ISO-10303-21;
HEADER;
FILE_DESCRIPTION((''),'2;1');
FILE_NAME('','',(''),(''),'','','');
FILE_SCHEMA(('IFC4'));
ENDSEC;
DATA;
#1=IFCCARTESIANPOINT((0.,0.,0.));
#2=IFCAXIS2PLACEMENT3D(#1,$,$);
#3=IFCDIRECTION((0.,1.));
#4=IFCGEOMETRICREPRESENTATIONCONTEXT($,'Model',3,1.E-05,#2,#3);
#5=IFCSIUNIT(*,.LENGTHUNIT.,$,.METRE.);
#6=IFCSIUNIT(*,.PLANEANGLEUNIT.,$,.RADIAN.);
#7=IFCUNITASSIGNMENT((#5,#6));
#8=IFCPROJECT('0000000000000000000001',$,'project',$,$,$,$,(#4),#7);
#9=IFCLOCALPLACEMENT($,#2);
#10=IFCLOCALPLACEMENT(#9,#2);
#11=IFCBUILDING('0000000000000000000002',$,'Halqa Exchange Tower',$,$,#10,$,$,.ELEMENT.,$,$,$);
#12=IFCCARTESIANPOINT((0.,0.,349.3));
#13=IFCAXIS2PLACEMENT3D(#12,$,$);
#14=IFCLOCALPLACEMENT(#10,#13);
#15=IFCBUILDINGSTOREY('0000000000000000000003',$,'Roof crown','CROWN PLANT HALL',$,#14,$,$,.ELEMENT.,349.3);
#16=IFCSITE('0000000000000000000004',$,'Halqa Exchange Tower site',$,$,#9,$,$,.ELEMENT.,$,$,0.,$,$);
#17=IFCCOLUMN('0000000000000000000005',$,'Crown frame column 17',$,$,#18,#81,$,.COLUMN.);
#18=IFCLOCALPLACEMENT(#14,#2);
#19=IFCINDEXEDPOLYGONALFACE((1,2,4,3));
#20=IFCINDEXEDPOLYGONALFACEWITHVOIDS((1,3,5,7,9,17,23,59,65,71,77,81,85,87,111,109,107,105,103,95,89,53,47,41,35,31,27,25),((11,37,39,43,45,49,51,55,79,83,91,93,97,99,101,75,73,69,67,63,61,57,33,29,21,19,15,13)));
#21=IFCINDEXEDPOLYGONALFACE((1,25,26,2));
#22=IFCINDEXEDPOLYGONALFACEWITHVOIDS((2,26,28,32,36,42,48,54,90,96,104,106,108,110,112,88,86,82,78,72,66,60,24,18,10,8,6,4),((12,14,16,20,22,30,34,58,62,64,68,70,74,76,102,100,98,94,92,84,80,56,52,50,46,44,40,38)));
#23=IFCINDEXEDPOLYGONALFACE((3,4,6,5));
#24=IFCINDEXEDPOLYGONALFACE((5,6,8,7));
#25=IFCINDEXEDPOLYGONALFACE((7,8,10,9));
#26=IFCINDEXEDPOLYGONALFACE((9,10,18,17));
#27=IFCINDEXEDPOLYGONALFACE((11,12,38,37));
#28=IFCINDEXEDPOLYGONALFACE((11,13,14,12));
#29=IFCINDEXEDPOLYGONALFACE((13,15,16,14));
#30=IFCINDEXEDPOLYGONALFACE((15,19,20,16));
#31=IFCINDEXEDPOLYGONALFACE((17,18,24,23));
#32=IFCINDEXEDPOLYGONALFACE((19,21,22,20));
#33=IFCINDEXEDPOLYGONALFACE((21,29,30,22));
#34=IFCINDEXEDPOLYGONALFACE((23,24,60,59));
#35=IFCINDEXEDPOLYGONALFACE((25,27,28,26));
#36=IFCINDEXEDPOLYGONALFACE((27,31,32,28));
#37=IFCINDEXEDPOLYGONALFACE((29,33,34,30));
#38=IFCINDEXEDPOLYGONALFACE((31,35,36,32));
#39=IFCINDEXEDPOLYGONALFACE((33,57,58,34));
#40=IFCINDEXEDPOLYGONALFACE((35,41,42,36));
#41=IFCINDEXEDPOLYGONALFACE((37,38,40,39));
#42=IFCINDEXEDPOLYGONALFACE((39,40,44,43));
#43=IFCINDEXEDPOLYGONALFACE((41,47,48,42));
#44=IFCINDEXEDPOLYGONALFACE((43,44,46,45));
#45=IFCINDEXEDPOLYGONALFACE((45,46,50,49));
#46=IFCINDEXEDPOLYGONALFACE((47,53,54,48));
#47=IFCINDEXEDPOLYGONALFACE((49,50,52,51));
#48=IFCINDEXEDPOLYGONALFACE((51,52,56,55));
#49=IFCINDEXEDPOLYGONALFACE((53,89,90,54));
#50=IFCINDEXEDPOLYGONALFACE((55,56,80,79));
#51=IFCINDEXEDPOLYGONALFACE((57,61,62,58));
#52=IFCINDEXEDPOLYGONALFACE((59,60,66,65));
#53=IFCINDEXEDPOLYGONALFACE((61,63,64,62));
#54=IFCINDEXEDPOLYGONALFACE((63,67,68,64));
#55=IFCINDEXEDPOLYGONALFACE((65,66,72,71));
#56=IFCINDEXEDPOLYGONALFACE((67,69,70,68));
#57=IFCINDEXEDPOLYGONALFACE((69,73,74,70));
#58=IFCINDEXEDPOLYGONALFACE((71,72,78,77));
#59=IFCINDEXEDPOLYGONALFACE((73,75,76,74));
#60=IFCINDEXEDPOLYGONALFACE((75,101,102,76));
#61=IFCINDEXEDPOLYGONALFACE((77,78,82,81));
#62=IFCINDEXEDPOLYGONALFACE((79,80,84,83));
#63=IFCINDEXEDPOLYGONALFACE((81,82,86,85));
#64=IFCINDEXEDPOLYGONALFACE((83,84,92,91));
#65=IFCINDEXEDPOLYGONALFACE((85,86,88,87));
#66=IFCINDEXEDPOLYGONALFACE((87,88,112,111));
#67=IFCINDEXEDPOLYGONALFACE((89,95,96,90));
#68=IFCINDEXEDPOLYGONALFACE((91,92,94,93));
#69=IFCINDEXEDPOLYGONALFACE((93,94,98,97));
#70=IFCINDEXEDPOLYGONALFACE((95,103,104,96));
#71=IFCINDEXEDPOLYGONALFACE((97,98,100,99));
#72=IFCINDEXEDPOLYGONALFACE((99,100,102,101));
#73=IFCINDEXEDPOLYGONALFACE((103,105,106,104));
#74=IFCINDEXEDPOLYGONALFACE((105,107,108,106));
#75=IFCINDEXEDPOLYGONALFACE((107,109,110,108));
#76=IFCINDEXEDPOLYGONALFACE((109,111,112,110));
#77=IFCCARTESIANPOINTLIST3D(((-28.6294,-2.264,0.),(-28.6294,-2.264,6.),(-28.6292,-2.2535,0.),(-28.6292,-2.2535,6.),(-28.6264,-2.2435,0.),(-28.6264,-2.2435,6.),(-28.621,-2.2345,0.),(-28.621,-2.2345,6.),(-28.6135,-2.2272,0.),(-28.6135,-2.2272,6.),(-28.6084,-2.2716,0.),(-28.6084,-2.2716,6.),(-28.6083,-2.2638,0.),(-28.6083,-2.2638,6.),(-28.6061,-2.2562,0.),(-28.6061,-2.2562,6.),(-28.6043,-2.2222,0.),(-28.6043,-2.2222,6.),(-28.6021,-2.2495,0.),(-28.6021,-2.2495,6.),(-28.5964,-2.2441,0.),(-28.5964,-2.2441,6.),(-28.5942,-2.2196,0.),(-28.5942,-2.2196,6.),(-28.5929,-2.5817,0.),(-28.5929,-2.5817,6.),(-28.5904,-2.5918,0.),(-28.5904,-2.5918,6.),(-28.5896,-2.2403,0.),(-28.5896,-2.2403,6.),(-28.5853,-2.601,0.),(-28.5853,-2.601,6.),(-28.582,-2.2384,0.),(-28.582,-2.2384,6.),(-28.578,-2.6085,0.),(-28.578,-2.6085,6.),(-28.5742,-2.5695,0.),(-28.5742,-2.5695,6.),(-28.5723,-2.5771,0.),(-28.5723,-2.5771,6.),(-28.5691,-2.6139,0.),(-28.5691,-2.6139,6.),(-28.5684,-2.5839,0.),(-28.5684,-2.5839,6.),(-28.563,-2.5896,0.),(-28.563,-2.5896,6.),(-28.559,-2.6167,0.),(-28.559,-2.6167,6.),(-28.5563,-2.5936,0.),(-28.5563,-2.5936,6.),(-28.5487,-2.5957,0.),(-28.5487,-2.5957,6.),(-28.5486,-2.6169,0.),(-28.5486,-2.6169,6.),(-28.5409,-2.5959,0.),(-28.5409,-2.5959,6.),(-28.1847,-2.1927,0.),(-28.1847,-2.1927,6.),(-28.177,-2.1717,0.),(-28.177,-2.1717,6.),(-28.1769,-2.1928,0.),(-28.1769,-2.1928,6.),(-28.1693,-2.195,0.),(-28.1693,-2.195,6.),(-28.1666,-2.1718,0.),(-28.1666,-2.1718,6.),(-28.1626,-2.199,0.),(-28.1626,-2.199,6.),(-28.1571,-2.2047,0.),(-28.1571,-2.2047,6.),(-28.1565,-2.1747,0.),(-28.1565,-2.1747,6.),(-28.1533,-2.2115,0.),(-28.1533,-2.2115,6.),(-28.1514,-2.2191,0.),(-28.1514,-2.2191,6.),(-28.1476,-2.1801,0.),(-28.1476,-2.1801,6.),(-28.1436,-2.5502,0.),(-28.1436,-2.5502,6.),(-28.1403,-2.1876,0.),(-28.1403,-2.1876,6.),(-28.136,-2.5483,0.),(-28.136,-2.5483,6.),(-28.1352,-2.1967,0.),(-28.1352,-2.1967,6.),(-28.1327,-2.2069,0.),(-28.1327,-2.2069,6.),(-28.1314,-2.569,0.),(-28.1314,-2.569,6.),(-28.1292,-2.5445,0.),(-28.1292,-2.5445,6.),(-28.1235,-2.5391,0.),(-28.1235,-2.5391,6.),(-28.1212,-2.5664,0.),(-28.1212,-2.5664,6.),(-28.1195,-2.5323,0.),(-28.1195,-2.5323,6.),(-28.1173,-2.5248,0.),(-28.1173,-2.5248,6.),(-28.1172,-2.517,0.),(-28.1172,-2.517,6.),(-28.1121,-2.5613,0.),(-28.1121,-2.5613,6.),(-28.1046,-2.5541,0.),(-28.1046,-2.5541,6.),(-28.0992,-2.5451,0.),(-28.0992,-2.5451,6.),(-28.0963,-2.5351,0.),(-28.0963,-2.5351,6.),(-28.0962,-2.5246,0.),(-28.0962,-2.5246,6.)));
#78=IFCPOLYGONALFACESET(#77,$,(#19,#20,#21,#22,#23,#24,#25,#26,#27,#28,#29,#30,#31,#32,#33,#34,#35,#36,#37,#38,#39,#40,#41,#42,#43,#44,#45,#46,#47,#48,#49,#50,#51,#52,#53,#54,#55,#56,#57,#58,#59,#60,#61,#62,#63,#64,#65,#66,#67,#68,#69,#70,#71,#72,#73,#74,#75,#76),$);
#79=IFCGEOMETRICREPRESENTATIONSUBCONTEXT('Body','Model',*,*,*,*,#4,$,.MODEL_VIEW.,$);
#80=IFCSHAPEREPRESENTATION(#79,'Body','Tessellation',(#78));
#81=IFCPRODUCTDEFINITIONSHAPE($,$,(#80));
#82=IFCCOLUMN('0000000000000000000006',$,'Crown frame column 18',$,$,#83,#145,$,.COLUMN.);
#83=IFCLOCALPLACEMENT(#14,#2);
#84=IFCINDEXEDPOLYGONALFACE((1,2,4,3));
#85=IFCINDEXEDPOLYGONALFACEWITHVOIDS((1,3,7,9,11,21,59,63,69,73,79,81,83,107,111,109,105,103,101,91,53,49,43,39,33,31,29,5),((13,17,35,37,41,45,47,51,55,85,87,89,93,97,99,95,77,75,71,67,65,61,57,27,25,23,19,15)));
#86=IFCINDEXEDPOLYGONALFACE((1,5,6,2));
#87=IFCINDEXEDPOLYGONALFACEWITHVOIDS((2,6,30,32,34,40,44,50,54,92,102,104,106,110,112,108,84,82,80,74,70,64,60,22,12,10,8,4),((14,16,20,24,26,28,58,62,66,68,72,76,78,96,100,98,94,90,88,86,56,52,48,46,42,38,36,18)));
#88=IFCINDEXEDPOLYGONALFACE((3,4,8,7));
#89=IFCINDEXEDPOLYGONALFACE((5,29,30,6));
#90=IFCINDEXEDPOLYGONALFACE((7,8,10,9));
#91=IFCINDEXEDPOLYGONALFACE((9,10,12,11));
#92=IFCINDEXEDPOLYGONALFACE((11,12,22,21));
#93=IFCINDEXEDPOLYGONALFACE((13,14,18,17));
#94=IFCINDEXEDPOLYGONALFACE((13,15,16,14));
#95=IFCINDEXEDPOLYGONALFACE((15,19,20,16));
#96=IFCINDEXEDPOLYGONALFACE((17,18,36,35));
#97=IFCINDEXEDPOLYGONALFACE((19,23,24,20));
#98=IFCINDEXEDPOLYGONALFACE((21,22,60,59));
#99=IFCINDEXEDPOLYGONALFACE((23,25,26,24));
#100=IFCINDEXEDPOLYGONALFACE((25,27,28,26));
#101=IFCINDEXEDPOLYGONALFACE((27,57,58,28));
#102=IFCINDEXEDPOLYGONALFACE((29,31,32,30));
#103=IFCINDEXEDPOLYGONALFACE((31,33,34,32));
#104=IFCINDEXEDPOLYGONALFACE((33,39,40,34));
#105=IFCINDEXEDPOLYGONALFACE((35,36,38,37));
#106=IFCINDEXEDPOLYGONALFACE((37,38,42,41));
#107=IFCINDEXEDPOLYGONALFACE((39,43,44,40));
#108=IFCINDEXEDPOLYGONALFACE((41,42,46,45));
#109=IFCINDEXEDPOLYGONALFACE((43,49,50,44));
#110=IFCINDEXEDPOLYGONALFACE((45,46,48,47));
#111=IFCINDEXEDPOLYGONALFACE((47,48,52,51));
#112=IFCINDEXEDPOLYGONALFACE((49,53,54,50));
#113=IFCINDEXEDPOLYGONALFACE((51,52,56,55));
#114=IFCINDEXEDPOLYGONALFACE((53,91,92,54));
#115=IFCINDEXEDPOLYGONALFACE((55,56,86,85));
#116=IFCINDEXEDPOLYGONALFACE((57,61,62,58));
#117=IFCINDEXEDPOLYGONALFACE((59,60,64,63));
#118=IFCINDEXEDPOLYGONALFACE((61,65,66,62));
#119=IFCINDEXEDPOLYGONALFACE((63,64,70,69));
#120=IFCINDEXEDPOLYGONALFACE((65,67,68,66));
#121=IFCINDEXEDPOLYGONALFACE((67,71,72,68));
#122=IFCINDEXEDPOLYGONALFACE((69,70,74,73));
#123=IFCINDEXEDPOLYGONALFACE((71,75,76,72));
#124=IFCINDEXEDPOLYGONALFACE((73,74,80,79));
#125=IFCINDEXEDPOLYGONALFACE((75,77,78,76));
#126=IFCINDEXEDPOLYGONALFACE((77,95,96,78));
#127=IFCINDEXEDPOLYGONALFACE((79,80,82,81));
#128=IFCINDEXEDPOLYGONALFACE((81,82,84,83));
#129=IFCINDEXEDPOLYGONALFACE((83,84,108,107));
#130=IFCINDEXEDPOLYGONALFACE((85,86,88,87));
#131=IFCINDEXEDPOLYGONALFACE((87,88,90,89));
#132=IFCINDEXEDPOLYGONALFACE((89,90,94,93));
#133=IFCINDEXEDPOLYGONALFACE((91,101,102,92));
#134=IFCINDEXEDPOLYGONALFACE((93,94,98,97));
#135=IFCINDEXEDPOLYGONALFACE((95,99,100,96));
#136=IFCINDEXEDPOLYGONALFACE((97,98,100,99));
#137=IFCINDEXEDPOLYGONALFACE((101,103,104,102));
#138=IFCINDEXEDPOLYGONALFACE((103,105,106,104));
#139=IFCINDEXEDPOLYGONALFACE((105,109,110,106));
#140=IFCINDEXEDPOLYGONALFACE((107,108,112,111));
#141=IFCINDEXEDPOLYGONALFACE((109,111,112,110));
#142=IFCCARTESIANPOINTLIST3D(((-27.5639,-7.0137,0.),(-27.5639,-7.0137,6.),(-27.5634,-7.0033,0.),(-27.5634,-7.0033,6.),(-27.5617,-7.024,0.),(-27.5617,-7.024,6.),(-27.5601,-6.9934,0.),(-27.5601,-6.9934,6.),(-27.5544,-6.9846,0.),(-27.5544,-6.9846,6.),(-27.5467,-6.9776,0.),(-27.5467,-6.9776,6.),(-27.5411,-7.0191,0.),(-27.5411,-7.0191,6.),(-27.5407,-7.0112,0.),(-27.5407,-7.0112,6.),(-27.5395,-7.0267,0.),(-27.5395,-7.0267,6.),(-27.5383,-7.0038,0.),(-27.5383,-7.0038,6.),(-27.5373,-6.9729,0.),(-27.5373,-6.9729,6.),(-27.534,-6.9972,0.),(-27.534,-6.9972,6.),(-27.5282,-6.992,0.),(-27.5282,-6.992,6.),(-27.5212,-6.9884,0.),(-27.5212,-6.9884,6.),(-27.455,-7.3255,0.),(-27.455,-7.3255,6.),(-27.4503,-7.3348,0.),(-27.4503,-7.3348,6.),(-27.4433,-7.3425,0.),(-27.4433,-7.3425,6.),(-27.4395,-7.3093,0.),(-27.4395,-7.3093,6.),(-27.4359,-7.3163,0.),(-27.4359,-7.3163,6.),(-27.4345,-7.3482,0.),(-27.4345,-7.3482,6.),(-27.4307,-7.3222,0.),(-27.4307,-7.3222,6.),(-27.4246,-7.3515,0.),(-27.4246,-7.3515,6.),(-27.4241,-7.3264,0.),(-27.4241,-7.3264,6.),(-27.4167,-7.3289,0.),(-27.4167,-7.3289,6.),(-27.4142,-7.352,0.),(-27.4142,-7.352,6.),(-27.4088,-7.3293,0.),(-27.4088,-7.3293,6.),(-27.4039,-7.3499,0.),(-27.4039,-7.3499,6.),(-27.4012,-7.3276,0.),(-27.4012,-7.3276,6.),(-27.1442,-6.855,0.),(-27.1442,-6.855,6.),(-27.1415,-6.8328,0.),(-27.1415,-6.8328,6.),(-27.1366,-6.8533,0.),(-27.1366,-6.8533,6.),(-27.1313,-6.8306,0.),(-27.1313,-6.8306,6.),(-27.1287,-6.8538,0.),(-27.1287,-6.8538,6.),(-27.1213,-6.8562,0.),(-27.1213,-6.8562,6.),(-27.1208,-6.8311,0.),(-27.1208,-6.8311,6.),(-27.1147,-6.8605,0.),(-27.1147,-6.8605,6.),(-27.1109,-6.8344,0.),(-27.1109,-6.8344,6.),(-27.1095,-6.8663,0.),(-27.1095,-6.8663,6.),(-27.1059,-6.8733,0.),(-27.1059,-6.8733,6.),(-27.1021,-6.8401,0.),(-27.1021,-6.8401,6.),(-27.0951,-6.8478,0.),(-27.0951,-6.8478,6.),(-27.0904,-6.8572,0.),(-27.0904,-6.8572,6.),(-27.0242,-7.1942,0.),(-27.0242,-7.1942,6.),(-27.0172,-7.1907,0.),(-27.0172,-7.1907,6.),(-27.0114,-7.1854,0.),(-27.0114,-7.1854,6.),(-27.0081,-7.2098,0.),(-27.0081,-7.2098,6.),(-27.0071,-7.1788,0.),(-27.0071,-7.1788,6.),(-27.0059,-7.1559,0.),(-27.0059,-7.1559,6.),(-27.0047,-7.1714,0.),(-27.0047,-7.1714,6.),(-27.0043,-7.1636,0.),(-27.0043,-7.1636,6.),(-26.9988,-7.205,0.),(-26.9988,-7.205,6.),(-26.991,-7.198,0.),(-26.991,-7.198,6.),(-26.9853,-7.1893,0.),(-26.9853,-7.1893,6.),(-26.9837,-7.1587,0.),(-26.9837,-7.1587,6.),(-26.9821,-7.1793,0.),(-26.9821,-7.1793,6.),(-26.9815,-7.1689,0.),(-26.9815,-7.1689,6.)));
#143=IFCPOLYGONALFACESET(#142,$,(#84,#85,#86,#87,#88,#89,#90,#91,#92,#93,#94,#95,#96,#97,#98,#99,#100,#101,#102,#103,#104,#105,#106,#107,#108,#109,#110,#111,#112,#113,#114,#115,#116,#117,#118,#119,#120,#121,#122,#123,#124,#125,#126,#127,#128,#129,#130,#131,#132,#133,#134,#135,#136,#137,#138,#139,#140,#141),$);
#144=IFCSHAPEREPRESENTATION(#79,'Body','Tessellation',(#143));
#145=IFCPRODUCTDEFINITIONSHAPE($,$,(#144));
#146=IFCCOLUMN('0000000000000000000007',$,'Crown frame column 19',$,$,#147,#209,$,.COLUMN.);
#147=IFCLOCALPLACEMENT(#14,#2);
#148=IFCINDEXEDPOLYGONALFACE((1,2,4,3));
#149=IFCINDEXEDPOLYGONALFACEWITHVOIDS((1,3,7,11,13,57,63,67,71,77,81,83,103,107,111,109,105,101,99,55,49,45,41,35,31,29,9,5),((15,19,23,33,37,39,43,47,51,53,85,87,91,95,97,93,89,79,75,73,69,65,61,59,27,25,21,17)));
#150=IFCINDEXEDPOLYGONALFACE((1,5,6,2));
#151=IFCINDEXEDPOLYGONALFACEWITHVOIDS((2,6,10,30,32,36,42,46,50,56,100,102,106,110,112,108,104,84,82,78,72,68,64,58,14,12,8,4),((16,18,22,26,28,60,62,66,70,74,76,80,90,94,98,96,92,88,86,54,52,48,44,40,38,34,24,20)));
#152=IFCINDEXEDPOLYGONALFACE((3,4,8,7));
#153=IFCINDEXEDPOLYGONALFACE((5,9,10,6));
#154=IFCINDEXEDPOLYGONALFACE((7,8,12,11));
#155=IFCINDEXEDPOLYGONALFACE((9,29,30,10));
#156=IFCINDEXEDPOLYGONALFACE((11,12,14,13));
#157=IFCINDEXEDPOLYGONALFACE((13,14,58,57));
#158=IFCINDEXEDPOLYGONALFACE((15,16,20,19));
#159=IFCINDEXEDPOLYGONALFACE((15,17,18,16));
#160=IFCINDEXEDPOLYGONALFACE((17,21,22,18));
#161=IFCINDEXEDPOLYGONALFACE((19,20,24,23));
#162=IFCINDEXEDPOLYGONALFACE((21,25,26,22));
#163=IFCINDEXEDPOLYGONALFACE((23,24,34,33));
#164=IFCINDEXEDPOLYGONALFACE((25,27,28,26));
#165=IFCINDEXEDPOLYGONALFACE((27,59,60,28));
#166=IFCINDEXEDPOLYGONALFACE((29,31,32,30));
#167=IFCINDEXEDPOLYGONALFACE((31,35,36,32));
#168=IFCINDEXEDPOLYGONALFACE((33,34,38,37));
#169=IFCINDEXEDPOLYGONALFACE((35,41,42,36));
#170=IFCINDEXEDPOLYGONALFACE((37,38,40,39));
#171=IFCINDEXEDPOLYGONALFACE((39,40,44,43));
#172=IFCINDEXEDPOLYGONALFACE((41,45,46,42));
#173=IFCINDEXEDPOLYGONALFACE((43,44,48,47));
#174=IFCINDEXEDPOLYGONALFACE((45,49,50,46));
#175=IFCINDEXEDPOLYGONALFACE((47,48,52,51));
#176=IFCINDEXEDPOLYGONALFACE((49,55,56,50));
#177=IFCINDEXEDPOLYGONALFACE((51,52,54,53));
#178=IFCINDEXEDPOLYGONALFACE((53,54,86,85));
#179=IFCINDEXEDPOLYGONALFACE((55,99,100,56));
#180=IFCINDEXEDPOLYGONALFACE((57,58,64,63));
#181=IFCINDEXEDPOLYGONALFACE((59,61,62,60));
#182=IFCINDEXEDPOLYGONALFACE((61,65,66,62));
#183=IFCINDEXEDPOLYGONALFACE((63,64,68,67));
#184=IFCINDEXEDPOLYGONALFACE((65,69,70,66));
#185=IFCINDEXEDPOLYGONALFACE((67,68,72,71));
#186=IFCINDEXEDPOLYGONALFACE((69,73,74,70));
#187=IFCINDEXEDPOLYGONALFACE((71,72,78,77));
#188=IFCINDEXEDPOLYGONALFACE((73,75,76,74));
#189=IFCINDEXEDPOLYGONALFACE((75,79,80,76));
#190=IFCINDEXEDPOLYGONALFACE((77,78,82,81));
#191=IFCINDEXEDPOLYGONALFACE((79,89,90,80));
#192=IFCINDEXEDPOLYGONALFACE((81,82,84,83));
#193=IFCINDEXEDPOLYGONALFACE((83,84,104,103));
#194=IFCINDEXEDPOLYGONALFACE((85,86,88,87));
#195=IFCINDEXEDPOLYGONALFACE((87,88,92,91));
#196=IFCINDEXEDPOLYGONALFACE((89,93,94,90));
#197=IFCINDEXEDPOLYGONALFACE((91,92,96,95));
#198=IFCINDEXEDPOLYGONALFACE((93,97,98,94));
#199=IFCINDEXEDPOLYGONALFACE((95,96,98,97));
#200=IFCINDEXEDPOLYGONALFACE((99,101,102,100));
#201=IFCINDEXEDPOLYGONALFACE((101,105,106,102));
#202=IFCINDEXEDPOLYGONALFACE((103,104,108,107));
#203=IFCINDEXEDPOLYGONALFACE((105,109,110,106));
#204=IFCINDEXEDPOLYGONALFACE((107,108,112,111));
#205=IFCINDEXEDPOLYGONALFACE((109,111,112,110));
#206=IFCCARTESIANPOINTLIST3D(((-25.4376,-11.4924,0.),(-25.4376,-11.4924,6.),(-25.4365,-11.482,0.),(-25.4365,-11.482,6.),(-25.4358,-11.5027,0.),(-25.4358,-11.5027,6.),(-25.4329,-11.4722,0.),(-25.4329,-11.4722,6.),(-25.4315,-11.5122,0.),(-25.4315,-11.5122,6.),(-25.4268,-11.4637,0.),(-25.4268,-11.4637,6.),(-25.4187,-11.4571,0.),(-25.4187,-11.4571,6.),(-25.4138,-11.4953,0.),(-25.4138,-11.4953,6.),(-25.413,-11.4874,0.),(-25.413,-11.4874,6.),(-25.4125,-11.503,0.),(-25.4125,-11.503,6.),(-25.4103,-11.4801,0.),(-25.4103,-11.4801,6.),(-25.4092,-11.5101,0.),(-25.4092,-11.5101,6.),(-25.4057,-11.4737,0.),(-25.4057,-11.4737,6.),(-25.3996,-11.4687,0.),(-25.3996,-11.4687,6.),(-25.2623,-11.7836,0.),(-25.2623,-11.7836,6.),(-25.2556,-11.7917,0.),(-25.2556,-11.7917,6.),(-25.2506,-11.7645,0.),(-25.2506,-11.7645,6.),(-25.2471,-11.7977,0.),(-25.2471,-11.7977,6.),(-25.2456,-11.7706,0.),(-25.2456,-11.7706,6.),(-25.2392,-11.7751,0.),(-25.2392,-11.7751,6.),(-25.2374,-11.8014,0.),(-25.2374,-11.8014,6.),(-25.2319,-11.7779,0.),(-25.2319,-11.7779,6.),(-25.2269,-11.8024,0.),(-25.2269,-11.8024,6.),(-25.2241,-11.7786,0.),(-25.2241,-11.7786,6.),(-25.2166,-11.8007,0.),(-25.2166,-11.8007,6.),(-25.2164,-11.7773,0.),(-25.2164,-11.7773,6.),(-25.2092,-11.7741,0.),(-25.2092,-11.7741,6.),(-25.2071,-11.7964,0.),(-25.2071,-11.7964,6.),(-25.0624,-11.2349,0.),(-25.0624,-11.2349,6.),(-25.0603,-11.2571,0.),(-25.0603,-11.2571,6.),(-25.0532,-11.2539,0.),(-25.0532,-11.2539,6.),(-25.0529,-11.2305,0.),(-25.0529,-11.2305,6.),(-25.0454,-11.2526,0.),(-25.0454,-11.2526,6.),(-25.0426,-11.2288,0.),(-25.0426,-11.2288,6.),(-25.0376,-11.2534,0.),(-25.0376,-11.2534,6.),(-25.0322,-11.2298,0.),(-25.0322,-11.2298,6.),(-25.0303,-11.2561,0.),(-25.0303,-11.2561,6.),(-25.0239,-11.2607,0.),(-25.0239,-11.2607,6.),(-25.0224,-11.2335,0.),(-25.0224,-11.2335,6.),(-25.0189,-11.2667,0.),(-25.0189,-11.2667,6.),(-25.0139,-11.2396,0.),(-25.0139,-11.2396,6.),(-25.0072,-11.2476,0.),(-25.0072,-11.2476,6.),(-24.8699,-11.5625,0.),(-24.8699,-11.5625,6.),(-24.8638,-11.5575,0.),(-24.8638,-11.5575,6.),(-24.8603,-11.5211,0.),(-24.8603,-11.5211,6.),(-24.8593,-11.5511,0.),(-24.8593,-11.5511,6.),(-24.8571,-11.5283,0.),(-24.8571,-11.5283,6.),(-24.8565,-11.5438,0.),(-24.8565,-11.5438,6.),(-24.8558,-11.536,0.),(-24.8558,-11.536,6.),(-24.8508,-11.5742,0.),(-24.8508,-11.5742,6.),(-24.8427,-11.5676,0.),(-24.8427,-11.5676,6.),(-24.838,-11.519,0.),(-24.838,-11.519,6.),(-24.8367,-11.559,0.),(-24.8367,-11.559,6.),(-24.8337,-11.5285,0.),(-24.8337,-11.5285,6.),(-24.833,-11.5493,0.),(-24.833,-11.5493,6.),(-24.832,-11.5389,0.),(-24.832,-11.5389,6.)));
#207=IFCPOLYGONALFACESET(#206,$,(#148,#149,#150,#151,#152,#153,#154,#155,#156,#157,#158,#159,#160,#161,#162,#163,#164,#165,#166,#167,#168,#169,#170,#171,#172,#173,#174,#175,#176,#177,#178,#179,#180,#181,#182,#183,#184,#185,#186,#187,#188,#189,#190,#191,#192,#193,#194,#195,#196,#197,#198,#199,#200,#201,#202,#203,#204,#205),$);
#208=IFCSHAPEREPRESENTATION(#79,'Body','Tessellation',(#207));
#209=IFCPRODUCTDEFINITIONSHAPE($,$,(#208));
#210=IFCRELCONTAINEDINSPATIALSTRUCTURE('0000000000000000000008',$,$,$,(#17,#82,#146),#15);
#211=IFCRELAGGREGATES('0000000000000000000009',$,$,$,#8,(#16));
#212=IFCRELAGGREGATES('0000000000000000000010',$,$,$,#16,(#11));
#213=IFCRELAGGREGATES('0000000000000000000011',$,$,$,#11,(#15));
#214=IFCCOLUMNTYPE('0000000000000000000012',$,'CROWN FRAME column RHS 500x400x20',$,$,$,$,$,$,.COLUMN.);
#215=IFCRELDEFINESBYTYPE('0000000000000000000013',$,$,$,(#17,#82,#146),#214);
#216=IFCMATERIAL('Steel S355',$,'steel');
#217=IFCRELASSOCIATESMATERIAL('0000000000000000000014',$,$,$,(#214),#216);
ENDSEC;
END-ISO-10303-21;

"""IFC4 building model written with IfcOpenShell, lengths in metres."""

from ifc_helpers import new_model, si_unit, direction, frame, origin, origin_2d, place, context, subcontext, project, spatial, hollow_rectangle, extrude, material, material_profile, profile_set, type_object, element, save


model = new_model("IFC4")

# Units and contexts
model_context = context("Model", 3, precision=1e-05, world=origin(), true_north=direction((0.0, 1.0)))
body_context = subcontext(model_context, "Body", "Model", "MODEL_VIEW")
ifc_project = project(units=[si_unit("LENGTHUNIT", "METRE"), si_unit("PLANEANGLEUNIT", "RADIAN")], contexts=[model_context])

# Site, building, storey
site_placement = place(None, origin())
site = spatial("IfcSite", under=ifc_project, at=site_placement, Name="Halqa Exchange Tower site", CompositionType="ELEMENT", RefElevation=0.0)
building_placement = place(site_placement, origin())
building = spatial("IfcBuilding", under=site, at=building_placement, Name="Halqa Exchange Tower", CompositionType="ELEMENT")
storey_placement = place(building_placement, frame((0.0, 0.0, 349.3)))
storey = spatial("IfcBuildingStorey", under=building, at=storey_placement, Name="Roof crown", Description="CROWN PLANT HALL", CompositionType="ELEMENT", Elevation=349.3)

# Columns
ifc_material_1 = material(Name="Steel S355", Category="steel")
ifc_material_profile_1 = material_profile(ifc_material_1, hollow_rectangle(XDim=0.3999, YDim=0.5, WallThickness=0.02, InnerFilletRadius=0.03, OuterFilletRadius=0.04, at=origin_2d()), Name="RHS 500x400x20")
ifc_profile_set_1 = profile_set([ifc_material_profile_1], Name="Steel S355")
column_type = type_object("IfcColumnType", Name="CROWN FRAME column RHS 500x400x20", PredefinedType="COLUMN", material=ifc_profile_set_1)
for number, where, z_axis, x_axis, name in (
    (1, (-28.3628, -2.3943, 0.0), (0.0, 0.0, 1.0), (0.11416, -0.993462, 0.0), "Crown frame column 17"),
    (2, (-27.2727, -7.0913, 0.0), (0.0, 0.0, 1.0), (0.333624, -0.942706, 0.0), "Crown frame column 18"),
    (3, (-25.1348, -11.5156, 0.0), (0.0, 0.0, 1.0), (0.52914, -0.848534, 0.0), "Crown frame column 19"),
):
    element("IfcColumn", number, at=place(storey_placement, frame(where, z_axis=z_axis, x_axis=x_axis)), inside=storey, type_object=column_type, Name=name, PredefinedType="COLUMN", context=body_context, shape_type="SweptSolid", body=[
        extrude(hollow_rectangle(XDim=0.3999, YDim=0.5, WallThickness=0.02, InnerFilletRadius=0.03, OuterFilletRadius=0.04, at=origin_2d()), origin(), (0.0, 0.0, 1.0), 6.0),
    ])

save(model, "model.ifc")
